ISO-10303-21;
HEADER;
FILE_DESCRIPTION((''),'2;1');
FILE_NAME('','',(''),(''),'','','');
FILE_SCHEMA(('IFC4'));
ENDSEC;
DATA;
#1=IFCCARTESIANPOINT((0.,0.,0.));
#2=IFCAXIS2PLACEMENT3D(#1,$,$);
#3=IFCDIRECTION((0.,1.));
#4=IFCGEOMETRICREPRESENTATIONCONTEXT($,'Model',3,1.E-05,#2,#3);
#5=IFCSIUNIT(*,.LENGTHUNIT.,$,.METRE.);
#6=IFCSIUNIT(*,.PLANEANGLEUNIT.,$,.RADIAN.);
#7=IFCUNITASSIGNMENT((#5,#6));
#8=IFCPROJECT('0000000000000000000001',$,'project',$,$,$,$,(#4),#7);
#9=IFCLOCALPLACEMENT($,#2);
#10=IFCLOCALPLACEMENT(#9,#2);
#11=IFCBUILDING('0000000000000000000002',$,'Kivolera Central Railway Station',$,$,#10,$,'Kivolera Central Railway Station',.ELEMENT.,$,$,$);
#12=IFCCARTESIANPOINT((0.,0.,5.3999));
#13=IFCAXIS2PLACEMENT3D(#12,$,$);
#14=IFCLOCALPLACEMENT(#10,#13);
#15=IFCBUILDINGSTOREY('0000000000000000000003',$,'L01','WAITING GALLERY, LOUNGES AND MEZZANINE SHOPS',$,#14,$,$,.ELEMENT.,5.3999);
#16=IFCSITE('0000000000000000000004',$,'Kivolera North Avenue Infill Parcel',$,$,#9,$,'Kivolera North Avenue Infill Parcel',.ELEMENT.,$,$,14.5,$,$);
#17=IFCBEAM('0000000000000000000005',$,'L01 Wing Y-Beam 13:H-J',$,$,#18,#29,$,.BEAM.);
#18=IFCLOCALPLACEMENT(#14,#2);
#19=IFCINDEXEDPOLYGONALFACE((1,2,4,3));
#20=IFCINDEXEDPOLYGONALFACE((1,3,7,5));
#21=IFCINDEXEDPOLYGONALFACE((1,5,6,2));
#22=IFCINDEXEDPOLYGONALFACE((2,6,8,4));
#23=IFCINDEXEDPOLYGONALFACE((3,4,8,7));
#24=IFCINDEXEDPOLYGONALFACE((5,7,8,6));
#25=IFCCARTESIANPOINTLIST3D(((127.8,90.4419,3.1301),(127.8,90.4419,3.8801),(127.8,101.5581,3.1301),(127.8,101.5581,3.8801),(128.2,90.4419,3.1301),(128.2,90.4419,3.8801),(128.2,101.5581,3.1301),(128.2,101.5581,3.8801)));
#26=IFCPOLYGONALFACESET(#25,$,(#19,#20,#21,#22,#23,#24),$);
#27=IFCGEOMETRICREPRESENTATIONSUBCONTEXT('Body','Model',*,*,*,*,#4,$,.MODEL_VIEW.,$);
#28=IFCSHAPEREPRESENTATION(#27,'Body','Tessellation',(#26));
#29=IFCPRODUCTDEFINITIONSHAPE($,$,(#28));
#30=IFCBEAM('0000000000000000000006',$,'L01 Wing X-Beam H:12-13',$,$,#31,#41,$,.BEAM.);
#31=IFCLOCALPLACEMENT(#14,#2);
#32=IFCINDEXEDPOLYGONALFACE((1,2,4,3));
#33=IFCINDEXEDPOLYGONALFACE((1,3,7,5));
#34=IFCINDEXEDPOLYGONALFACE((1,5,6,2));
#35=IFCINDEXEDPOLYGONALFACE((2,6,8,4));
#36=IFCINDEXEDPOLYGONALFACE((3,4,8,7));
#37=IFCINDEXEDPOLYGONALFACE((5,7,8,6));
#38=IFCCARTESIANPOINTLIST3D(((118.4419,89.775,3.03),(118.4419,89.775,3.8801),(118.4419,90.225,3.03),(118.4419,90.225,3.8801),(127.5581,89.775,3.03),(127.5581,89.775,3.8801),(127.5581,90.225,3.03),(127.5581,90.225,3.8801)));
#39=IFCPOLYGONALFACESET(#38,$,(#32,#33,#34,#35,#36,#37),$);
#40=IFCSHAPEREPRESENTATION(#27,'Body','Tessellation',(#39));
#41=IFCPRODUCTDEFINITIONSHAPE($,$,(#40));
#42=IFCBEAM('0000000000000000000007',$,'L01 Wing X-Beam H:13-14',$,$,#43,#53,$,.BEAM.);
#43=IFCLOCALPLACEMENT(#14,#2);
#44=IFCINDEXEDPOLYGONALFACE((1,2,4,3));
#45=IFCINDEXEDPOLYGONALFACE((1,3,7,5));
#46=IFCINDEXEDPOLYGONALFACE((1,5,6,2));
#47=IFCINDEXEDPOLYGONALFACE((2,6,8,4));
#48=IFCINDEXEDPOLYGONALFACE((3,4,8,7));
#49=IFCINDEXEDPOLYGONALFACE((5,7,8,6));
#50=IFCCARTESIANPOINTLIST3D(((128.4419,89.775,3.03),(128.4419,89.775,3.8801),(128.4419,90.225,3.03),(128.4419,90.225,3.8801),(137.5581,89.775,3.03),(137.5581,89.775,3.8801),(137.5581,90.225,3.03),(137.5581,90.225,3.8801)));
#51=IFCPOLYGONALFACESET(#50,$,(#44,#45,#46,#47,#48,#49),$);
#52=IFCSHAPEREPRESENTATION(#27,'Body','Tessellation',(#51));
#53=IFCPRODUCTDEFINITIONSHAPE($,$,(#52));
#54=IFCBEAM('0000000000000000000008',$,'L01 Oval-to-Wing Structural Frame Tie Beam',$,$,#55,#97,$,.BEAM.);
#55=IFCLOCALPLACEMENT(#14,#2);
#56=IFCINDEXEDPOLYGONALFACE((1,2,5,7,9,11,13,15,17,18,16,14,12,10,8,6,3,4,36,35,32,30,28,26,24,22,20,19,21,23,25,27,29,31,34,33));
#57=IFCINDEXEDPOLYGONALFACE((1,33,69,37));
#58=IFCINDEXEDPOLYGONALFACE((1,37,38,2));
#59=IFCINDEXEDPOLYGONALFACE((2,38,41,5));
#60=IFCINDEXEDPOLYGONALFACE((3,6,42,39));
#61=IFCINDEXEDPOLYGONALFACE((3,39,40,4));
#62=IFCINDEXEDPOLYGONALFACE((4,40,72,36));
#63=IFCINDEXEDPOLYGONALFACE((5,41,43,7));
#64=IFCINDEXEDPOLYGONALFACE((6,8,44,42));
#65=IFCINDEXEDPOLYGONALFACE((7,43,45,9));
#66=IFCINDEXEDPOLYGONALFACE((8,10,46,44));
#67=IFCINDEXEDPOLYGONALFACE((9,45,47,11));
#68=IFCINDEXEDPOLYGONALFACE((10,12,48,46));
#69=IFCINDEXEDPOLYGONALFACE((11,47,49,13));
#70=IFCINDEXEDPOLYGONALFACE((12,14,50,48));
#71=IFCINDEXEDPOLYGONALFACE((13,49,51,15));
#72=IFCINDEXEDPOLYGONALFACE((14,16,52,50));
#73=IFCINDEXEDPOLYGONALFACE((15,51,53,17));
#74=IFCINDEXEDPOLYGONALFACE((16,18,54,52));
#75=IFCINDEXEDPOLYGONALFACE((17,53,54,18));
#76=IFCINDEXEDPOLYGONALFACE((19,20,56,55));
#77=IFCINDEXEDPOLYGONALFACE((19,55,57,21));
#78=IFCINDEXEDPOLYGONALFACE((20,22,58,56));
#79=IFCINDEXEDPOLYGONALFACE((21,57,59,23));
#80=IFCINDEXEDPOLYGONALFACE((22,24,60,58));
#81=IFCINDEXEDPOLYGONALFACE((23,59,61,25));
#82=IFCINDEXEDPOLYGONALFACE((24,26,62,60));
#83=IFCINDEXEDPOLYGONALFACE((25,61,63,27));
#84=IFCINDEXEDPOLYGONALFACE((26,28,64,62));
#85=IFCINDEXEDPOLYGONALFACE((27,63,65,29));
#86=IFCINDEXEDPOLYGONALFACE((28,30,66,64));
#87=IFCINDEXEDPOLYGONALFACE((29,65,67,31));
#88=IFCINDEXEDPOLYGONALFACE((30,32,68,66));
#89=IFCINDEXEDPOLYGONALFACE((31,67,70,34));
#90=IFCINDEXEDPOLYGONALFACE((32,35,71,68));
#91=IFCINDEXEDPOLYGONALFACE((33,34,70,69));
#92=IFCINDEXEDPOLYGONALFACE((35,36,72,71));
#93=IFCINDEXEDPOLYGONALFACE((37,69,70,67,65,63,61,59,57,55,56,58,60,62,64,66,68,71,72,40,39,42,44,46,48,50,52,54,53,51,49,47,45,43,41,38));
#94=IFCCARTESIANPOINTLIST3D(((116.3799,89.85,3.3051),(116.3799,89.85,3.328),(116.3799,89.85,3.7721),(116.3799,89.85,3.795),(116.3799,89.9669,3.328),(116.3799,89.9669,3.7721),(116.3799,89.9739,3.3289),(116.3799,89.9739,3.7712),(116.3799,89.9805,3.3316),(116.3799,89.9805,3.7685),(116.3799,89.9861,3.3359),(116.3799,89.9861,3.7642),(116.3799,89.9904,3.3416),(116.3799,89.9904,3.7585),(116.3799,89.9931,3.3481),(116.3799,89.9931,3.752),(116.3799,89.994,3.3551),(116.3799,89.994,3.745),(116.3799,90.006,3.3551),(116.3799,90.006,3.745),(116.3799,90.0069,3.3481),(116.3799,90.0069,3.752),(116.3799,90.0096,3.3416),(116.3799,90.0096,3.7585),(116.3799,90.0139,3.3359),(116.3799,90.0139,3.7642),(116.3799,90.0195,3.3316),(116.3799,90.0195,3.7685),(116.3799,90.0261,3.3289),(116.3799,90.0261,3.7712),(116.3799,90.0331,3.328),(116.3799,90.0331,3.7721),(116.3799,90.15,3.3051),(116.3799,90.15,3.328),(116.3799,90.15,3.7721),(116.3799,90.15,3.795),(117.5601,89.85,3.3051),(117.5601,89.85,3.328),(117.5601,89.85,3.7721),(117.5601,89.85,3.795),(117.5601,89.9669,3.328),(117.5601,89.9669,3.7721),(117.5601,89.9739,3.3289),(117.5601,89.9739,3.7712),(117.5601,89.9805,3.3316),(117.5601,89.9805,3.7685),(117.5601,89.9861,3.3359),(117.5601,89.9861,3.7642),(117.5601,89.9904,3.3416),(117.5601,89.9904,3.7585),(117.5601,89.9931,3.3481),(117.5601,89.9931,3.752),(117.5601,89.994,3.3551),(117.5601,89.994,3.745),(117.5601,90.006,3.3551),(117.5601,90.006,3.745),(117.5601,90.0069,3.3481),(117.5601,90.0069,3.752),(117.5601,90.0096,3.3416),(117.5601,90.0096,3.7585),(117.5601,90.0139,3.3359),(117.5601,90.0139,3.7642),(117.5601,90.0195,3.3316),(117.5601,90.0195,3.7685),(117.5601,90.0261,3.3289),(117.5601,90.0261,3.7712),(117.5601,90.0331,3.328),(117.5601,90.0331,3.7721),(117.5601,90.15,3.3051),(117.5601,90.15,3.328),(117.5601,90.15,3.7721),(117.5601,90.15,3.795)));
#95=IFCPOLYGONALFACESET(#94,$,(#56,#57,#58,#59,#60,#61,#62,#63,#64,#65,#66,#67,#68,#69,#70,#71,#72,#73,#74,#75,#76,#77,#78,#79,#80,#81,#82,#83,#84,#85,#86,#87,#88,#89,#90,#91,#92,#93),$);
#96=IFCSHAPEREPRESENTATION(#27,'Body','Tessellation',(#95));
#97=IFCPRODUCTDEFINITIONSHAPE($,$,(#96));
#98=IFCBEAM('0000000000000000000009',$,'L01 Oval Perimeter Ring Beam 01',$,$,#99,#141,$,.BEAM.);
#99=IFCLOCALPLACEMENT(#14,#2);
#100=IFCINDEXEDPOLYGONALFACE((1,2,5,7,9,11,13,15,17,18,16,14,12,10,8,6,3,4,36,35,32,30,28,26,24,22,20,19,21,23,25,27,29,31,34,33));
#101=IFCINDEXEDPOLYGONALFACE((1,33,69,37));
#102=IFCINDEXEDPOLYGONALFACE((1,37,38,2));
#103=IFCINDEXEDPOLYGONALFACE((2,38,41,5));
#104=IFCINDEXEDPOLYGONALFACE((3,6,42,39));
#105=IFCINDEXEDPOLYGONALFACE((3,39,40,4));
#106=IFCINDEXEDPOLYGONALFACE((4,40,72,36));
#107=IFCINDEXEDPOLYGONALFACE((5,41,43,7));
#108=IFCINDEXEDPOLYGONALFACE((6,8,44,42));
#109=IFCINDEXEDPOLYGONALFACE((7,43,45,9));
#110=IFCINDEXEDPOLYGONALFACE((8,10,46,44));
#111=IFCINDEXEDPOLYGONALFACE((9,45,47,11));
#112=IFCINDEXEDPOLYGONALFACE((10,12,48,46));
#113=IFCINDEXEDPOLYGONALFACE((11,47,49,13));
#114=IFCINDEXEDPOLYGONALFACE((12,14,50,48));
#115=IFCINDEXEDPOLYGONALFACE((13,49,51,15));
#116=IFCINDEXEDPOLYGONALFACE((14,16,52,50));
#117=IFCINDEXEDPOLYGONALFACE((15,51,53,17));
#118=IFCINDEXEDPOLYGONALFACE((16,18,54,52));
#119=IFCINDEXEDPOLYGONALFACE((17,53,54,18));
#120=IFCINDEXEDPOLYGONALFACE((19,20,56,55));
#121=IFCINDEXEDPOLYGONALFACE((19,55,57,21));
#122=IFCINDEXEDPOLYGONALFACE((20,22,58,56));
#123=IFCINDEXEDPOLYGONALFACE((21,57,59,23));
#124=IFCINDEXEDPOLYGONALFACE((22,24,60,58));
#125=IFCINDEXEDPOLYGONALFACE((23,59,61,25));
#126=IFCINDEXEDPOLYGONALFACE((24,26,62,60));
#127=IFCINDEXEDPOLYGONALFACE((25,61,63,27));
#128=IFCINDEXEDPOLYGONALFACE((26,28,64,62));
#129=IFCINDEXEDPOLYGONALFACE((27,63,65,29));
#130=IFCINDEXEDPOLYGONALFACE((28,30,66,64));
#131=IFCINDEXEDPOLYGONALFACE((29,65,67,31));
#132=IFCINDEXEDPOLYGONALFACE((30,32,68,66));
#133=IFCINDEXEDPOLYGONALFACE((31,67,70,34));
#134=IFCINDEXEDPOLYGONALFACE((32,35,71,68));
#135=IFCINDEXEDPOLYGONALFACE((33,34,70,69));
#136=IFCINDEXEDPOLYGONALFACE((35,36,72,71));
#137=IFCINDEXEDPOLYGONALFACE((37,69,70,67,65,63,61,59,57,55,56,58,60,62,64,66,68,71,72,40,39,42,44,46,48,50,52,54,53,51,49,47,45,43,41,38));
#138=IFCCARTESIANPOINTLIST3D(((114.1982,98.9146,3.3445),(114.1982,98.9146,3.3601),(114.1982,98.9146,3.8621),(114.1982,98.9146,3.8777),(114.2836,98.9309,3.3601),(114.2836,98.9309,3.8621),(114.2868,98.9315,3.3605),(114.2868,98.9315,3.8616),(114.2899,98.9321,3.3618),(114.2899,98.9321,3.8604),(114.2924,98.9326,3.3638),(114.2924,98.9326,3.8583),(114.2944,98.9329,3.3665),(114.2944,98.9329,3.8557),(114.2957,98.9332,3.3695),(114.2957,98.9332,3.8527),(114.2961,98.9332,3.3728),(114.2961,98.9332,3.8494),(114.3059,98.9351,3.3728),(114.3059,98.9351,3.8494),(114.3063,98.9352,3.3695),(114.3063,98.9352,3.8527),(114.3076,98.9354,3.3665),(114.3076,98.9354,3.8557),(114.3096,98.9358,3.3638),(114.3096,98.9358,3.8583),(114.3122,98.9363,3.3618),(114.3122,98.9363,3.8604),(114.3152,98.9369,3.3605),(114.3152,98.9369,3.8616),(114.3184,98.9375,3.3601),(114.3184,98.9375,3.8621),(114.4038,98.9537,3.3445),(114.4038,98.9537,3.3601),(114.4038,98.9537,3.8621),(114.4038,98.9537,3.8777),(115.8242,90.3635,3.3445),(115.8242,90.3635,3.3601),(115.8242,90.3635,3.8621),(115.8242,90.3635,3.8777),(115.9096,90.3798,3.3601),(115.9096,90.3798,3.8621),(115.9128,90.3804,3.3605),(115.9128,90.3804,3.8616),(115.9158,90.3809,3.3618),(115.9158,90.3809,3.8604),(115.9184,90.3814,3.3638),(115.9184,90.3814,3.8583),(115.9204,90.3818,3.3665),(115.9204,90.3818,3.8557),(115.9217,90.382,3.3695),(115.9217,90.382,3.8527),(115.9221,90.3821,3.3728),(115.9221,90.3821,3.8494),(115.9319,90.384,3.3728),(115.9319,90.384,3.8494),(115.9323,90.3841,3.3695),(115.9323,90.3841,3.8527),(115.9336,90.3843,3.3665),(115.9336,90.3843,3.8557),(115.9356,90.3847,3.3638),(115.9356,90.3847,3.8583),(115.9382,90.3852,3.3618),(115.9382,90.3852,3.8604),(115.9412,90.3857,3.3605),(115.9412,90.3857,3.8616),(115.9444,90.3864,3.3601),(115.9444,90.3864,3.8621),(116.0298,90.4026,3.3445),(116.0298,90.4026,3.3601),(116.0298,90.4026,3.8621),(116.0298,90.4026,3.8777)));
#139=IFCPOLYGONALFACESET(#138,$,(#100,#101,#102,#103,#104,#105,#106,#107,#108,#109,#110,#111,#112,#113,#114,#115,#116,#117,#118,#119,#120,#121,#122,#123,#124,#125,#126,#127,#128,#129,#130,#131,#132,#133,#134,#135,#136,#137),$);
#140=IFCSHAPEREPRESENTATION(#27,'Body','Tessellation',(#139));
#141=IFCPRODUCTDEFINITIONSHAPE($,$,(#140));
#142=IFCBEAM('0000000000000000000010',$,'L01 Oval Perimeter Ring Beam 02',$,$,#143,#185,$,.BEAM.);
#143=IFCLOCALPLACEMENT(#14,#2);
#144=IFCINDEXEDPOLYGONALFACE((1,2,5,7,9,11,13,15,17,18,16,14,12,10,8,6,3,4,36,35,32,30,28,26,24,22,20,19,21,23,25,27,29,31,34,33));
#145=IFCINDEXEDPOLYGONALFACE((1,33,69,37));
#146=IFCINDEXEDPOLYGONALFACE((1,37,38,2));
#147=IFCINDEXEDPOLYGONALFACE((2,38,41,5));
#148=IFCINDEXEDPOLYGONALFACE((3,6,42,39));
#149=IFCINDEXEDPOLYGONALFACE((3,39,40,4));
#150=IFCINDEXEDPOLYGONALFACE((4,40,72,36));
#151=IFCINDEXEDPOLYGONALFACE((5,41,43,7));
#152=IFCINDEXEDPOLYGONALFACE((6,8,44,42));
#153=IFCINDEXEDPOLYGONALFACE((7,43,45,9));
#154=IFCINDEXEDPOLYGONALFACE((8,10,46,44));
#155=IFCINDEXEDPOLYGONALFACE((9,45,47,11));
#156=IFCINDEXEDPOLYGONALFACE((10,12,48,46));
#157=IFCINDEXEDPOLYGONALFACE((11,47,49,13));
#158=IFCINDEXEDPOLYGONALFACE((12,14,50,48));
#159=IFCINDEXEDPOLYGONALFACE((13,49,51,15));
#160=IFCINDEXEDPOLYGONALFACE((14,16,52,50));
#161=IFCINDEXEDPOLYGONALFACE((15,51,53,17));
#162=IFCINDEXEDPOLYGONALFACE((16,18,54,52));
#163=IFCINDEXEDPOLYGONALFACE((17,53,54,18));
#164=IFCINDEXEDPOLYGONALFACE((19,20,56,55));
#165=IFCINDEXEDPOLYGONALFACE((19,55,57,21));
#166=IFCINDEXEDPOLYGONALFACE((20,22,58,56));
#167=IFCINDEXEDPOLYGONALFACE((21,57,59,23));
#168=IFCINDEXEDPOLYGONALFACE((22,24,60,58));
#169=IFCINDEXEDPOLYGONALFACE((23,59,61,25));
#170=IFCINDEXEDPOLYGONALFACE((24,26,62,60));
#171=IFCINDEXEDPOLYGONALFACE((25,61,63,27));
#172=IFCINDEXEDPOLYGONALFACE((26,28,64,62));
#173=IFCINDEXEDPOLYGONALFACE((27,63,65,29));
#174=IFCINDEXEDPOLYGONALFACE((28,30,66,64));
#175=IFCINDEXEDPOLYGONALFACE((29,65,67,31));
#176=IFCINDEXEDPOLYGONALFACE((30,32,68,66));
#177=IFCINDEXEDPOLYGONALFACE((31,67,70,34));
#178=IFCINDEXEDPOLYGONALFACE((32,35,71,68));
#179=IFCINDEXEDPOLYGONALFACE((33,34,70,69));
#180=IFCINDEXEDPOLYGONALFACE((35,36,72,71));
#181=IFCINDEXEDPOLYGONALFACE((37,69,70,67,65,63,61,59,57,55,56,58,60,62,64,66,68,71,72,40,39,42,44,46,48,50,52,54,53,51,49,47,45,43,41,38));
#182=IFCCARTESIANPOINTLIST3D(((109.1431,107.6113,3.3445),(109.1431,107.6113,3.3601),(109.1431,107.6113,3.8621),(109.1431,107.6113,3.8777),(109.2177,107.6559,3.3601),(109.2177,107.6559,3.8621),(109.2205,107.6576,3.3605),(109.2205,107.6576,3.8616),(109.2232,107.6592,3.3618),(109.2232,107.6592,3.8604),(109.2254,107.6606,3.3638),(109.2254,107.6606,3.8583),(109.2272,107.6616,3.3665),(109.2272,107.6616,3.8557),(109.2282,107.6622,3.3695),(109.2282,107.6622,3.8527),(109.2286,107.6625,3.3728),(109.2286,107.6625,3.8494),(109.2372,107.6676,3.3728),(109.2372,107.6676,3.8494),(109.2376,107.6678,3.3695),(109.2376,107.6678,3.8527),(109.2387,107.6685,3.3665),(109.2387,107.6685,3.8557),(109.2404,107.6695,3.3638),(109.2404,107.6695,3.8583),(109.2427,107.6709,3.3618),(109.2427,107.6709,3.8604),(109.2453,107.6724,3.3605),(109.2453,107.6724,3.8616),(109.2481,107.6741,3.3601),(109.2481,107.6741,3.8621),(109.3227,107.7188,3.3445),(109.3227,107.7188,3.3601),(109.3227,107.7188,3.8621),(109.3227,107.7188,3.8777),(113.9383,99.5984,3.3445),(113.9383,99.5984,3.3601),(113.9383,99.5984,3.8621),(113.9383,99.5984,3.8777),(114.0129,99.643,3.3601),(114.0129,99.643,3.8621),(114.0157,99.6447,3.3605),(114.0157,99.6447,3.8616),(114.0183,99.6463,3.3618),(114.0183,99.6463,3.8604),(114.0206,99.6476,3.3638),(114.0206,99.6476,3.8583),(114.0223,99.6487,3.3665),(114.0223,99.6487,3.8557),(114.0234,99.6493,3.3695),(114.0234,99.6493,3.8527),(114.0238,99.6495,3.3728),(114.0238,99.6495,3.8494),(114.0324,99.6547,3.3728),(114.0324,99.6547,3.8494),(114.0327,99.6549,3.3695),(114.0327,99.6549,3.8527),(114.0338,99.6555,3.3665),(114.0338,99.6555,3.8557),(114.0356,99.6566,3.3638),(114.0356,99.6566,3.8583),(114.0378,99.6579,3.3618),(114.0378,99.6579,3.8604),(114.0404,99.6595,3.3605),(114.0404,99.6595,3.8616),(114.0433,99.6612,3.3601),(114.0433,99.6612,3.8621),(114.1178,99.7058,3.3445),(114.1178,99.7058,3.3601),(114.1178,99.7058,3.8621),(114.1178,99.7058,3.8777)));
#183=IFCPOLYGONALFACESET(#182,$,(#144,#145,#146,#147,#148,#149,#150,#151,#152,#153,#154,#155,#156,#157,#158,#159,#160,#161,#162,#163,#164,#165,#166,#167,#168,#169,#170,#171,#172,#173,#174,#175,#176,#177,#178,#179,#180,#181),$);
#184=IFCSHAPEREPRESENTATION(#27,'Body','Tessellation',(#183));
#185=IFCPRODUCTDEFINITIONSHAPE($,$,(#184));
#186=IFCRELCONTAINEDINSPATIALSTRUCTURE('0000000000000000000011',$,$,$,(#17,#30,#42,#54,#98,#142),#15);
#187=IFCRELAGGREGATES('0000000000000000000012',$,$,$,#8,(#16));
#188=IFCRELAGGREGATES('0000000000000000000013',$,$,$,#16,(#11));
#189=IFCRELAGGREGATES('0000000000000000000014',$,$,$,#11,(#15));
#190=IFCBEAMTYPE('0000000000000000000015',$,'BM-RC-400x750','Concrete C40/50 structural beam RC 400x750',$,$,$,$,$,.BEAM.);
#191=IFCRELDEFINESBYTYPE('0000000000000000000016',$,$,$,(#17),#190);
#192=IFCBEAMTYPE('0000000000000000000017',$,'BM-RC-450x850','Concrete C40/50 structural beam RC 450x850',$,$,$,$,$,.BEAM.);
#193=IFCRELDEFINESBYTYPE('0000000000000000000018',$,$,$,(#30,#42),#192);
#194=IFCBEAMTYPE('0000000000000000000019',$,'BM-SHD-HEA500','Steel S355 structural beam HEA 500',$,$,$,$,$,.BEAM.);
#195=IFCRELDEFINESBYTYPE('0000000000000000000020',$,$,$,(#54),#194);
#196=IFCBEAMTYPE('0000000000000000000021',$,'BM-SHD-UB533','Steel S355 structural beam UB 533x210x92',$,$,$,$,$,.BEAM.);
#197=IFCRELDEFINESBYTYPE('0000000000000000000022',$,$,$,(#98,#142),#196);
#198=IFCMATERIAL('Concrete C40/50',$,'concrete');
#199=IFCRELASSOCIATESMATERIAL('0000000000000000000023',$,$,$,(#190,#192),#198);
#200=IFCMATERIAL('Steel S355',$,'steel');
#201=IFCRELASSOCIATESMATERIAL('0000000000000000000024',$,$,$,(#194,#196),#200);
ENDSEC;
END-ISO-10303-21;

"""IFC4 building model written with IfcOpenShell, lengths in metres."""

from ifc_helpers import new_model, si_unit, direction, frame, origin, origin_2d, place, context, subcontext, project, spatial, rectangle, i_section, extrude, material, material_profile, profile_set, type_object, element, save


model = new_model("IFC4")

# Units and contexts
model_context = context("Model", 3, precision=1e-05, world=origin(), true_north=direction((0.0, 1.0)))
body_context = subcontext(model_context, "Body", "Model", "MODEL_VIEW")
ifc_project = project(units=[si_unit("LENGTHUNIT", "METRE"), si_unit("PLANEANGLEUNIT", "RADIAN")], contexts=[model_context])

# Site, building, storey
site_placement = place(None, origin())
site = spatial("IfcSite", under=ifc_project, at=site_placement, Name="Kivolera North Avenue Infill Parcel", LongName="Kivolera North Avenue Infill Parcel", CompositionType="ELEMENT", RefElevation=14.5)
building_placement = place(site_placement, origin())
building = spatial("IfcBuilding", under=site, at=building_placement, Name="Kivolera Central Railway Station", LongName="Kivolera Central Railway Station", CompositionType="ELEMENT")
storey_placement = place(building_placement, frame((0.0, 0.0, 5.3999)))
storey = spatial("IfcBuildingStorey", under=building, at=storey_placement, Name="L01", Description="WAITING GALLERY, LOUNGES AND MEZZANINE SHOPS", CompositionType="ELEMENT", Elevation=5.3999)

# Shared definitions
ifc_material_1 = material(Name="Concrete C40/50", Category="concrete")

# Beams
ifc_material_2 = material(Name="Steel S355", Category="steel")
ifc_material_profile_1 = material_profile(ifc_material_1, rectangle(XDim=0.3999, YDim=0.75, at=origin_2d()), Name="RC 400x750")
ifc_profile_set_1 = profile_set([ifc_material_profile_1], Name="Concrete C40/50")
beam_type_1 = type_object("IfcBeamType", Name="BM-RC-400x750", Description="Concrete C40/50 structural beam RC 400x750", PredefinedType="BEAM", material=ifc_profile_set_1)
beam_1_placement = place(storey_placement, frame((128.0, 90.4419, 3.5051), z_axis=(0.0, 1.0, 0.0), x_axis=(-1.0, 0.0, 0.0)))
element("IfcBeam", 1, at=beam_1_placement, inside=storey, type_object=beam_type_1, Name="L01 Wing Y-Beam 13:H-J", PredefinedType="BEAM", context=body_context, shape_type="SweptSolid", body=[
    extrude(rectangle(XDim=0.3999, YDim=0.75, at=origin_2d()), origin(), (0.0, 0.0, 1.0), 11.1162),
])
ifc_material_profile_2 = material_profile(ifc_material_1, rectangle(XDim=0.45, YDim=0.8501, at=origin_2d()), Name="RC 450x850")
ifc_profile_set_2 = profile_set([ifc_material_profile_2], Name="Concrete C40/50")
beam_type_2 = type_object("IfcBeamType", Name="BM-RC-450x850", Description="Concrete C40/50 structural beam RC 450x850", PredefinedType="BEAM", material=ifc_profile_set_2)
for number, where, z_axis, x_axis, name in (
    (2, (118.4419, 90.0, 3.4551), (1.0, 0.0, 0.0), (0.0, 1.0, 0.0), "L01 Wing X-Beam H:12-13"),
    (3, (128.4419, 90.0, 3.4551), (1.0, 0.0, 0.0), (0.0, 1.0, 0.0), "L01 Wing X-Beam H:13-14"),
):
    element("IfcBeam", number, at=place(storey_placement, frame(where, z_axis=z_axis, x_axis=x_axis)), inside=storey, type_object=beam_type_2, Name=name, PredefinedType="BEAM", context=body_context, shape_type="SweptSolid", body=[
        extrude(rectangle(XDim=0.45, YDim=0.8501, at=origin_2d()), origin(), (0.0, 0.0, 1.0), 9.1162),
    ])
ifc_material_profile_3 = material_profile(ifc_material_2, i_section(OverallWidth=0.3, OverallDepth=0.49, WebThickness=0.012, FlangeThickness=0.0229, FilletRadius=0.0271, at=origin_2d()), Name="HEA 500")
ifc_profile_set_3 = profile_set([ifc_material_profile_3], Name="Steel S355")
beam_type_3 = type_object("IfcBeamType", Name="BM-SHD-HEA500", Description="Steel S355 structural beam HEA 500", PredefinedType="BEAM", material=ifc_profile_set_3)
beam_2_placement = place(storey_placement, frame((116.3799, 90.0, 3.55), z_axis=(1.0, 0.0, 0.0), x_axis=(0.0, 1.0, 0.0)))
element("IfcBeam", 4, at=beam_2_placement, inside=storey, type_object=beam_type_3, Name="L01 Oval-to-Wing Structural Frame Tie Beam", PredefinedType="BEAM", context=body_context, shape_type="SweptSolid", body=[
    extrude(i_section(OverallWidth=0.3, OverallDepth=0.49, WebThickness=0.012, FlangeThickness=0.0229, FilletRadius=0.0271, at=origin_2d()), origin(), (0.0, 0.0, 1.0), 1.1802),
])
ifc_material_profile_4 = material_profile(ifc_material_2, i_section(OverallWidth=0.2092, OverallDepth=0.5332, WebThickness=0.01, FlangeThickness=0.0156, FilletRadius=0.0127, at=origin_2d()), Name="UB 533x210x92")
ifc_profile_set_4 = profile_set([ifc_material_profile_4], Name="Steel S355")
beam_type_4 = type_object("IfcBeamType", Name="BM-SHD-UB533", Description="Steel S355 structural beam UB 533x210x92", PredefinedType="BEAM", material=ifc_profile_set_4)
beam_3_placement = place(storey_placement, frame((115.927, 90.3831, 3.6111), z_axis=(-0.186803, 0.982397, 0.0), x_axis=(-0.982397, -0.186803, 0.0)))
element("IfcBeam", 5, at=beam_3_placement, inside=storey, type_object=beam_type_4, Name="L01 Oval Perimeter Ring Beam 01", PredefinedType="BEAM", context=body_context, shape_type="SweptSolid", body=[
    extrude(i_section(OverallWidth=0.2092, OverallDepth=0.5332, WebThickness=0.01, FlangeThickness=0.0156, FilletRadius=0.0127, at=origin_2d()), origin(), (0.0, 0.0, 1.0), 8.7043),
])
beam_4_placement = place(storey_placement, frame((114.0281, 99.6521, 3.6111), z_axis=(-0.513503, 0.858088, 0.0), x_axis=(-0.858088, -0.513503, 0.0)))
element("IfcBeam", 6, at=beam_4_placement, inside=storey, type_object=beam_type_4, Name="L01 Oval Perimeter Ring Beam 02", PredefinedType="BEAM", context=body_context, shape_type="SweptSolid", body=[
    extrude(i_section(OverallWidth=0.2092, OverallDepth=0.5332, WebThickness=0.01, FlangeThickness=0.0156, FilletRadius=0.0127, at=origin_2d()), origin(), (0.0, 0.0, 1.0), 9.3381),
])

save(model, "model.ifc")
